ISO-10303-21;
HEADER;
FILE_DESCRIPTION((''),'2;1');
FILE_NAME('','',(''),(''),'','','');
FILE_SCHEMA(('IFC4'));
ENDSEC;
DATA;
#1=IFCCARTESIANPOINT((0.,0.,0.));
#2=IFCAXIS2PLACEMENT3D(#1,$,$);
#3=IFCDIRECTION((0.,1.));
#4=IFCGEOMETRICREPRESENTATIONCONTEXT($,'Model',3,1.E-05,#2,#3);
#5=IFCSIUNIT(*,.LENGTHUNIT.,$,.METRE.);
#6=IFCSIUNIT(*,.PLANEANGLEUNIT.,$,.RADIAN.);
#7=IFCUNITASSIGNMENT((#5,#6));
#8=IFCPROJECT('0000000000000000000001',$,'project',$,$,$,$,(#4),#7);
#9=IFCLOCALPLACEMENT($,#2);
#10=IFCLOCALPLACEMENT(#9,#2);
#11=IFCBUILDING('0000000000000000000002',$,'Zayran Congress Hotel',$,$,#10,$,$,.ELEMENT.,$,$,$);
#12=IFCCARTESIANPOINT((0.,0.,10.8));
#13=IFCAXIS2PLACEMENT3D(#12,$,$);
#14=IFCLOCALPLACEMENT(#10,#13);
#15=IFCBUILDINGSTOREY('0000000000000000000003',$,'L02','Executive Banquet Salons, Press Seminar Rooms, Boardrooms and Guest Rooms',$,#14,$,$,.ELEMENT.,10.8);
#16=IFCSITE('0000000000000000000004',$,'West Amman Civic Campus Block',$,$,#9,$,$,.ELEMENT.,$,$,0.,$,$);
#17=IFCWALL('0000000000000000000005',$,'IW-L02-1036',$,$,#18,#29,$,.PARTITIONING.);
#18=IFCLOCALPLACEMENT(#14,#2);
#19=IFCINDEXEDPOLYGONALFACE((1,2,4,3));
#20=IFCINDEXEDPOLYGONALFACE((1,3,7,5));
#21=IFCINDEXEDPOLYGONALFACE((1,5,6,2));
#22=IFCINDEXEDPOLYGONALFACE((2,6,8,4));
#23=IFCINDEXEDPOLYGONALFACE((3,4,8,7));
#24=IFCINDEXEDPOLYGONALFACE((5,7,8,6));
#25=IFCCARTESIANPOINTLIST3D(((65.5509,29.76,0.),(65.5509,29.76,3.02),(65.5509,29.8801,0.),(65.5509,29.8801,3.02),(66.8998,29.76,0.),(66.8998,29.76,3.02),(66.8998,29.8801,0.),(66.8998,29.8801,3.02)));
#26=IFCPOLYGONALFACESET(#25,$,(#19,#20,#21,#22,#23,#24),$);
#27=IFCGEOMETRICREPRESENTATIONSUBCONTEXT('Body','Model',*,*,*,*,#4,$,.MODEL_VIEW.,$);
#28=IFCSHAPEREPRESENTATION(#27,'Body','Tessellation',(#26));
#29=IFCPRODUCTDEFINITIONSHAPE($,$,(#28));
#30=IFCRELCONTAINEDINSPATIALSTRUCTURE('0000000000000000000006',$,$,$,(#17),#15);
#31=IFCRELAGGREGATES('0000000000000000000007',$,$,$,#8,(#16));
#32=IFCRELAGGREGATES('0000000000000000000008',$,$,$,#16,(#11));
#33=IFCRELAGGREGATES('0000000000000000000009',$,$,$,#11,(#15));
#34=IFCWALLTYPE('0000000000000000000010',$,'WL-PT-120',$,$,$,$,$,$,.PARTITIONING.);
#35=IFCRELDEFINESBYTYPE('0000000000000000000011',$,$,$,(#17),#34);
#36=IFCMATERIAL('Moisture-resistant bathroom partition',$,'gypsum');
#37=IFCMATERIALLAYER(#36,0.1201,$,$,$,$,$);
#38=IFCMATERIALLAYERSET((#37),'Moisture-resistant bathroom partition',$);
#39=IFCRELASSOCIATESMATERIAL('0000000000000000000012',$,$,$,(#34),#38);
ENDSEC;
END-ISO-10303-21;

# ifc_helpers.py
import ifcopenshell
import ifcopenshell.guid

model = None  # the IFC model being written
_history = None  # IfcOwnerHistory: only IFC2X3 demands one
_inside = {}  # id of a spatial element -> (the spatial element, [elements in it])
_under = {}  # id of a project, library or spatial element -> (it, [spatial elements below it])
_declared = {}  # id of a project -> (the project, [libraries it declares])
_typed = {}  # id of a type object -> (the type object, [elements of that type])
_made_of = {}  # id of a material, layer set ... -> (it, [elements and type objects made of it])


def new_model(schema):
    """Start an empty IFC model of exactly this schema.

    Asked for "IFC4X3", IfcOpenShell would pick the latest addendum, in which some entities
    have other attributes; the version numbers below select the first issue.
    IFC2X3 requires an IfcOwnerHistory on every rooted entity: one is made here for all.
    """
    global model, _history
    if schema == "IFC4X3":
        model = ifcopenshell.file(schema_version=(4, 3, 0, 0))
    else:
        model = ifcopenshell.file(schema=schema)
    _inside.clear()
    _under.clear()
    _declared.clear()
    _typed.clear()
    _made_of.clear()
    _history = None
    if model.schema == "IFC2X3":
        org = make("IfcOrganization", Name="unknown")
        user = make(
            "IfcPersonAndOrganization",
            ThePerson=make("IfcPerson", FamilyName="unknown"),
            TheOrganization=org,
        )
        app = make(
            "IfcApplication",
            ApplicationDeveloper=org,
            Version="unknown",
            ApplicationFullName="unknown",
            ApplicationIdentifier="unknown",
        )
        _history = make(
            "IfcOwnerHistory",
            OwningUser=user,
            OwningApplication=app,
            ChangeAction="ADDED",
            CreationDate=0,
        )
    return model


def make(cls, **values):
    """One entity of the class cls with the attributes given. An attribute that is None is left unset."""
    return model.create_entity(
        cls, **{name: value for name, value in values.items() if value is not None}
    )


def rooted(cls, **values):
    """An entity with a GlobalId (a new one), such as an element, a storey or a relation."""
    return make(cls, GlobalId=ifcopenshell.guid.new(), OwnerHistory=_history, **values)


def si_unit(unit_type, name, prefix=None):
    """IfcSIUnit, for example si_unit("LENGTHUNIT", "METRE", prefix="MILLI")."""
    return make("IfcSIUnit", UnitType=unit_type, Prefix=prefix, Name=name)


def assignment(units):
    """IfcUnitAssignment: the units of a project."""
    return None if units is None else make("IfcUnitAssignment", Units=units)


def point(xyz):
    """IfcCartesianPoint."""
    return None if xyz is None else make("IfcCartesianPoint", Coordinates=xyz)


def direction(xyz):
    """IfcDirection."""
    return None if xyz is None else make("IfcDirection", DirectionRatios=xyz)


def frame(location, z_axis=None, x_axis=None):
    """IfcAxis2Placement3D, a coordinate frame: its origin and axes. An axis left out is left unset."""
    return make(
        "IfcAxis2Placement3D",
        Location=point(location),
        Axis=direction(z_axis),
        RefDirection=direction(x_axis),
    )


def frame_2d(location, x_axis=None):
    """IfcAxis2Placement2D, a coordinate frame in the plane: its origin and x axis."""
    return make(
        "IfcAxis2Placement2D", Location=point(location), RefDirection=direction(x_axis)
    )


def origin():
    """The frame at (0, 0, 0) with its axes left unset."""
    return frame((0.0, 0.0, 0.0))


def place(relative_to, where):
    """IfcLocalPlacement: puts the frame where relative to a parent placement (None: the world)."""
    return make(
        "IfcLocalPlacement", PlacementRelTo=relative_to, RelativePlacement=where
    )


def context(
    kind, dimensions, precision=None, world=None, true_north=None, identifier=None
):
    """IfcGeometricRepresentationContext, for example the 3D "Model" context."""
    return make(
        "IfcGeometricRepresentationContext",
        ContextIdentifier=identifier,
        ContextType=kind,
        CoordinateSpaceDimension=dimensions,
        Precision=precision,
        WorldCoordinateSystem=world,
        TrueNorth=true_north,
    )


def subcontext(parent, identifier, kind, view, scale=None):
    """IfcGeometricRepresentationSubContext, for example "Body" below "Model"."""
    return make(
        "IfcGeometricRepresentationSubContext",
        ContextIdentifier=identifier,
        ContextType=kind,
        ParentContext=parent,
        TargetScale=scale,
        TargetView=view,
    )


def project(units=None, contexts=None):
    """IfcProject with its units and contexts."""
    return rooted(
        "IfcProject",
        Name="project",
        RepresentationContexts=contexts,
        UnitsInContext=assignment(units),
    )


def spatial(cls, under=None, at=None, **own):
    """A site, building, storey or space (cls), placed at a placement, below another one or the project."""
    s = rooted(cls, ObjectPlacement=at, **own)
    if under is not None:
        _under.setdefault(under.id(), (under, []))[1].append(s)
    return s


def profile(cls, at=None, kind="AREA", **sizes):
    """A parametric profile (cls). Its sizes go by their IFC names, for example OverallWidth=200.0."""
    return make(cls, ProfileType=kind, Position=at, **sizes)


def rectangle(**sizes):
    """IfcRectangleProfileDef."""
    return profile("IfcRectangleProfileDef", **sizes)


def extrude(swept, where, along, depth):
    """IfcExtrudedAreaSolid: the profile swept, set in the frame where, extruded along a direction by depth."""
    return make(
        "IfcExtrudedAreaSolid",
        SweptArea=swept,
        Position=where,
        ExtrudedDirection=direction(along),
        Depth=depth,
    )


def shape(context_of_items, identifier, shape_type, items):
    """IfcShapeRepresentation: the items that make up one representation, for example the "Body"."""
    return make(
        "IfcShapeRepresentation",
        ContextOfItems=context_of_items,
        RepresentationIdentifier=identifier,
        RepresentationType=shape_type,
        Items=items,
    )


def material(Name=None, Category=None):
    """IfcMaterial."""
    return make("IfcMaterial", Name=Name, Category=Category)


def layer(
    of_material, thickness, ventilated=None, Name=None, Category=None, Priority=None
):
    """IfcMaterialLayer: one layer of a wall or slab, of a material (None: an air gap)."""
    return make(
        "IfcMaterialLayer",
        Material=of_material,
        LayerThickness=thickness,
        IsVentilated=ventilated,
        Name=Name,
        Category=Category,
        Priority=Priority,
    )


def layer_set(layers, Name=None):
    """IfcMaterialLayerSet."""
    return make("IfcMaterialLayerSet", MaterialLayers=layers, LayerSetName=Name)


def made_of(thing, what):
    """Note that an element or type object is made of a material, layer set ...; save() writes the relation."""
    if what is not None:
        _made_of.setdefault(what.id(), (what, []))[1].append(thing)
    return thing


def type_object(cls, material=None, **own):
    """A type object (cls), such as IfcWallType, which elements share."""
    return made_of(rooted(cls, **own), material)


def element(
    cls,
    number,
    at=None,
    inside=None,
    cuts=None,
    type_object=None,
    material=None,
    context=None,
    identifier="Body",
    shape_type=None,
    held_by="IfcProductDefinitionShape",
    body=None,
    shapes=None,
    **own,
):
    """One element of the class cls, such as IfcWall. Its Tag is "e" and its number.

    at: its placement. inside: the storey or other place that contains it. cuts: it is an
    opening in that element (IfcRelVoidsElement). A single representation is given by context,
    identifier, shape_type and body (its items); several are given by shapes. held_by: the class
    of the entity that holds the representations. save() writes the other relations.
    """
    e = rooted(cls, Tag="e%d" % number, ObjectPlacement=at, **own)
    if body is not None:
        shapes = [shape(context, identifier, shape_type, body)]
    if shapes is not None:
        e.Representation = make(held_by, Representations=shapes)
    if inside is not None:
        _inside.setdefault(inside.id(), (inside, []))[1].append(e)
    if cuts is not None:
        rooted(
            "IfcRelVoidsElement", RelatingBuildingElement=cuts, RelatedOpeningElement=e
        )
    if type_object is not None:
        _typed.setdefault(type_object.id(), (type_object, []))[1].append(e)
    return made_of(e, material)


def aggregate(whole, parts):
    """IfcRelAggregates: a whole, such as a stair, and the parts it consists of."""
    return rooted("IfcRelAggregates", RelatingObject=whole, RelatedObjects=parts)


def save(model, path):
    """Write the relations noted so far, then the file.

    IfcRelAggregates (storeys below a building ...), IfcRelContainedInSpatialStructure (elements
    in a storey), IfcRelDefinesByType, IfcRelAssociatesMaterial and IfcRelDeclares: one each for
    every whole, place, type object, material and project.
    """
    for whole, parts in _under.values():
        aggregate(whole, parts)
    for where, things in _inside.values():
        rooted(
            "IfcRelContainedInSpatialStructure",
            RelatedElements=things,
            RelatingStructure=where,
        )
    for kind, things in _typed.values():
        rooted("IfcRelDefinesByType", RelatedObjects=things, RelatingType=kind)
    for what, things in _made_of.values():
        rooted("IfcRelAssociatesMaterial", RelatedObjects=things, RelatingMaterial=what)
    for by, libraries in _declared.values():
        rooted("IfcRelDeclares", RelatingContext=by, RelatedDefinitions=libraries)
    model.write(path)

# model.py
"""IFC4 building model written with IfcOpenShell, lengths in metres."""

from ifc_helpers import new_model, si_unit, direction, frame, frame_2d, origin, place, context, subcontext, project, spatial, rectangle, extrude, material, layer, layer_set, type_object, element, save


model = new_model("IFC4")

# Units and contexts
model_context = context("Model", 3, precision=1e-05, world=origin(), true_north=direction((0.0, 1.0)))
body_context = subcontext(model_context, "Body", "Model", "MODEL_VIEW")
ifc_project = project(units=[si_unit("LENGTHUNIT", "METRE"), si_unit("PLANEANGLEUNIT", "RADIAN")], contexts=[model_context])

# Site, building, storey
site_placement = place(None, origin())
site = spatial("IfcSite", under=ifc_project, at=site_placement, Name="West Amman Civic Campus Block", CompositionType="ELEMENT", RefElevation=0.0)
building_placement = place(site_placement, origin())
building = spatial("IfcBuilding", under=site, at=building_placement, Name="Zayran Congress Hotel", CompositionType="ELEMENT")
storey_placement = place(building_placement, frame((0.0, 0.0, 10.8)))
storey = spatial("IfcBuildingStorey", under=building, at=storey_placement, Name="L02", Description="Executive Banquet Salons, Press Seminar Rooms, Boardrooms and Guest Rooms", CompositionType="ELEMENT", Elevation=10.8)

# Shared definitions
ifc_material_1 = material(Name="Moisture-resistant bathroom partition", Category="gypsum")
ifc_layer_1 = layer(ifc_material_1, 0.1201)
ifc_layer_set_1 = layer_set([ifc_layer_1], Name="Moisture-resistant bathroom partition")
wall_type_1 = type_object("IfcWallType", Name="WL-PT-120", PredefinedType="PARTITIONING", material=ifc_layer_set_1)

# Wall
for number, where, z_axis, x_axis, name in (
    (1, (65.551, 29.8201, 0.0), (0.0, 0.0, 1.0), (1.0, 0.0, 0.0), "IW-L02-1036"),
):
    element("IfcWall", number, at=place(storey_placement, frame(where, z_axis=z_axis, x_axis=x_axis)), inside=storey, type_object=wall_type_1, Name=name, PredefinedType="PARTITIONING", context=body_context, shape_type="SweptSolid", body=[
        extrude(rectangle(XDim=1.3489, YDim=0.1201, at=frame_2d((0.6743, 0.0))), origin(), (0.0, 0.0, 1.0), 3.02),
    ])

save(model, "model.ifc")
